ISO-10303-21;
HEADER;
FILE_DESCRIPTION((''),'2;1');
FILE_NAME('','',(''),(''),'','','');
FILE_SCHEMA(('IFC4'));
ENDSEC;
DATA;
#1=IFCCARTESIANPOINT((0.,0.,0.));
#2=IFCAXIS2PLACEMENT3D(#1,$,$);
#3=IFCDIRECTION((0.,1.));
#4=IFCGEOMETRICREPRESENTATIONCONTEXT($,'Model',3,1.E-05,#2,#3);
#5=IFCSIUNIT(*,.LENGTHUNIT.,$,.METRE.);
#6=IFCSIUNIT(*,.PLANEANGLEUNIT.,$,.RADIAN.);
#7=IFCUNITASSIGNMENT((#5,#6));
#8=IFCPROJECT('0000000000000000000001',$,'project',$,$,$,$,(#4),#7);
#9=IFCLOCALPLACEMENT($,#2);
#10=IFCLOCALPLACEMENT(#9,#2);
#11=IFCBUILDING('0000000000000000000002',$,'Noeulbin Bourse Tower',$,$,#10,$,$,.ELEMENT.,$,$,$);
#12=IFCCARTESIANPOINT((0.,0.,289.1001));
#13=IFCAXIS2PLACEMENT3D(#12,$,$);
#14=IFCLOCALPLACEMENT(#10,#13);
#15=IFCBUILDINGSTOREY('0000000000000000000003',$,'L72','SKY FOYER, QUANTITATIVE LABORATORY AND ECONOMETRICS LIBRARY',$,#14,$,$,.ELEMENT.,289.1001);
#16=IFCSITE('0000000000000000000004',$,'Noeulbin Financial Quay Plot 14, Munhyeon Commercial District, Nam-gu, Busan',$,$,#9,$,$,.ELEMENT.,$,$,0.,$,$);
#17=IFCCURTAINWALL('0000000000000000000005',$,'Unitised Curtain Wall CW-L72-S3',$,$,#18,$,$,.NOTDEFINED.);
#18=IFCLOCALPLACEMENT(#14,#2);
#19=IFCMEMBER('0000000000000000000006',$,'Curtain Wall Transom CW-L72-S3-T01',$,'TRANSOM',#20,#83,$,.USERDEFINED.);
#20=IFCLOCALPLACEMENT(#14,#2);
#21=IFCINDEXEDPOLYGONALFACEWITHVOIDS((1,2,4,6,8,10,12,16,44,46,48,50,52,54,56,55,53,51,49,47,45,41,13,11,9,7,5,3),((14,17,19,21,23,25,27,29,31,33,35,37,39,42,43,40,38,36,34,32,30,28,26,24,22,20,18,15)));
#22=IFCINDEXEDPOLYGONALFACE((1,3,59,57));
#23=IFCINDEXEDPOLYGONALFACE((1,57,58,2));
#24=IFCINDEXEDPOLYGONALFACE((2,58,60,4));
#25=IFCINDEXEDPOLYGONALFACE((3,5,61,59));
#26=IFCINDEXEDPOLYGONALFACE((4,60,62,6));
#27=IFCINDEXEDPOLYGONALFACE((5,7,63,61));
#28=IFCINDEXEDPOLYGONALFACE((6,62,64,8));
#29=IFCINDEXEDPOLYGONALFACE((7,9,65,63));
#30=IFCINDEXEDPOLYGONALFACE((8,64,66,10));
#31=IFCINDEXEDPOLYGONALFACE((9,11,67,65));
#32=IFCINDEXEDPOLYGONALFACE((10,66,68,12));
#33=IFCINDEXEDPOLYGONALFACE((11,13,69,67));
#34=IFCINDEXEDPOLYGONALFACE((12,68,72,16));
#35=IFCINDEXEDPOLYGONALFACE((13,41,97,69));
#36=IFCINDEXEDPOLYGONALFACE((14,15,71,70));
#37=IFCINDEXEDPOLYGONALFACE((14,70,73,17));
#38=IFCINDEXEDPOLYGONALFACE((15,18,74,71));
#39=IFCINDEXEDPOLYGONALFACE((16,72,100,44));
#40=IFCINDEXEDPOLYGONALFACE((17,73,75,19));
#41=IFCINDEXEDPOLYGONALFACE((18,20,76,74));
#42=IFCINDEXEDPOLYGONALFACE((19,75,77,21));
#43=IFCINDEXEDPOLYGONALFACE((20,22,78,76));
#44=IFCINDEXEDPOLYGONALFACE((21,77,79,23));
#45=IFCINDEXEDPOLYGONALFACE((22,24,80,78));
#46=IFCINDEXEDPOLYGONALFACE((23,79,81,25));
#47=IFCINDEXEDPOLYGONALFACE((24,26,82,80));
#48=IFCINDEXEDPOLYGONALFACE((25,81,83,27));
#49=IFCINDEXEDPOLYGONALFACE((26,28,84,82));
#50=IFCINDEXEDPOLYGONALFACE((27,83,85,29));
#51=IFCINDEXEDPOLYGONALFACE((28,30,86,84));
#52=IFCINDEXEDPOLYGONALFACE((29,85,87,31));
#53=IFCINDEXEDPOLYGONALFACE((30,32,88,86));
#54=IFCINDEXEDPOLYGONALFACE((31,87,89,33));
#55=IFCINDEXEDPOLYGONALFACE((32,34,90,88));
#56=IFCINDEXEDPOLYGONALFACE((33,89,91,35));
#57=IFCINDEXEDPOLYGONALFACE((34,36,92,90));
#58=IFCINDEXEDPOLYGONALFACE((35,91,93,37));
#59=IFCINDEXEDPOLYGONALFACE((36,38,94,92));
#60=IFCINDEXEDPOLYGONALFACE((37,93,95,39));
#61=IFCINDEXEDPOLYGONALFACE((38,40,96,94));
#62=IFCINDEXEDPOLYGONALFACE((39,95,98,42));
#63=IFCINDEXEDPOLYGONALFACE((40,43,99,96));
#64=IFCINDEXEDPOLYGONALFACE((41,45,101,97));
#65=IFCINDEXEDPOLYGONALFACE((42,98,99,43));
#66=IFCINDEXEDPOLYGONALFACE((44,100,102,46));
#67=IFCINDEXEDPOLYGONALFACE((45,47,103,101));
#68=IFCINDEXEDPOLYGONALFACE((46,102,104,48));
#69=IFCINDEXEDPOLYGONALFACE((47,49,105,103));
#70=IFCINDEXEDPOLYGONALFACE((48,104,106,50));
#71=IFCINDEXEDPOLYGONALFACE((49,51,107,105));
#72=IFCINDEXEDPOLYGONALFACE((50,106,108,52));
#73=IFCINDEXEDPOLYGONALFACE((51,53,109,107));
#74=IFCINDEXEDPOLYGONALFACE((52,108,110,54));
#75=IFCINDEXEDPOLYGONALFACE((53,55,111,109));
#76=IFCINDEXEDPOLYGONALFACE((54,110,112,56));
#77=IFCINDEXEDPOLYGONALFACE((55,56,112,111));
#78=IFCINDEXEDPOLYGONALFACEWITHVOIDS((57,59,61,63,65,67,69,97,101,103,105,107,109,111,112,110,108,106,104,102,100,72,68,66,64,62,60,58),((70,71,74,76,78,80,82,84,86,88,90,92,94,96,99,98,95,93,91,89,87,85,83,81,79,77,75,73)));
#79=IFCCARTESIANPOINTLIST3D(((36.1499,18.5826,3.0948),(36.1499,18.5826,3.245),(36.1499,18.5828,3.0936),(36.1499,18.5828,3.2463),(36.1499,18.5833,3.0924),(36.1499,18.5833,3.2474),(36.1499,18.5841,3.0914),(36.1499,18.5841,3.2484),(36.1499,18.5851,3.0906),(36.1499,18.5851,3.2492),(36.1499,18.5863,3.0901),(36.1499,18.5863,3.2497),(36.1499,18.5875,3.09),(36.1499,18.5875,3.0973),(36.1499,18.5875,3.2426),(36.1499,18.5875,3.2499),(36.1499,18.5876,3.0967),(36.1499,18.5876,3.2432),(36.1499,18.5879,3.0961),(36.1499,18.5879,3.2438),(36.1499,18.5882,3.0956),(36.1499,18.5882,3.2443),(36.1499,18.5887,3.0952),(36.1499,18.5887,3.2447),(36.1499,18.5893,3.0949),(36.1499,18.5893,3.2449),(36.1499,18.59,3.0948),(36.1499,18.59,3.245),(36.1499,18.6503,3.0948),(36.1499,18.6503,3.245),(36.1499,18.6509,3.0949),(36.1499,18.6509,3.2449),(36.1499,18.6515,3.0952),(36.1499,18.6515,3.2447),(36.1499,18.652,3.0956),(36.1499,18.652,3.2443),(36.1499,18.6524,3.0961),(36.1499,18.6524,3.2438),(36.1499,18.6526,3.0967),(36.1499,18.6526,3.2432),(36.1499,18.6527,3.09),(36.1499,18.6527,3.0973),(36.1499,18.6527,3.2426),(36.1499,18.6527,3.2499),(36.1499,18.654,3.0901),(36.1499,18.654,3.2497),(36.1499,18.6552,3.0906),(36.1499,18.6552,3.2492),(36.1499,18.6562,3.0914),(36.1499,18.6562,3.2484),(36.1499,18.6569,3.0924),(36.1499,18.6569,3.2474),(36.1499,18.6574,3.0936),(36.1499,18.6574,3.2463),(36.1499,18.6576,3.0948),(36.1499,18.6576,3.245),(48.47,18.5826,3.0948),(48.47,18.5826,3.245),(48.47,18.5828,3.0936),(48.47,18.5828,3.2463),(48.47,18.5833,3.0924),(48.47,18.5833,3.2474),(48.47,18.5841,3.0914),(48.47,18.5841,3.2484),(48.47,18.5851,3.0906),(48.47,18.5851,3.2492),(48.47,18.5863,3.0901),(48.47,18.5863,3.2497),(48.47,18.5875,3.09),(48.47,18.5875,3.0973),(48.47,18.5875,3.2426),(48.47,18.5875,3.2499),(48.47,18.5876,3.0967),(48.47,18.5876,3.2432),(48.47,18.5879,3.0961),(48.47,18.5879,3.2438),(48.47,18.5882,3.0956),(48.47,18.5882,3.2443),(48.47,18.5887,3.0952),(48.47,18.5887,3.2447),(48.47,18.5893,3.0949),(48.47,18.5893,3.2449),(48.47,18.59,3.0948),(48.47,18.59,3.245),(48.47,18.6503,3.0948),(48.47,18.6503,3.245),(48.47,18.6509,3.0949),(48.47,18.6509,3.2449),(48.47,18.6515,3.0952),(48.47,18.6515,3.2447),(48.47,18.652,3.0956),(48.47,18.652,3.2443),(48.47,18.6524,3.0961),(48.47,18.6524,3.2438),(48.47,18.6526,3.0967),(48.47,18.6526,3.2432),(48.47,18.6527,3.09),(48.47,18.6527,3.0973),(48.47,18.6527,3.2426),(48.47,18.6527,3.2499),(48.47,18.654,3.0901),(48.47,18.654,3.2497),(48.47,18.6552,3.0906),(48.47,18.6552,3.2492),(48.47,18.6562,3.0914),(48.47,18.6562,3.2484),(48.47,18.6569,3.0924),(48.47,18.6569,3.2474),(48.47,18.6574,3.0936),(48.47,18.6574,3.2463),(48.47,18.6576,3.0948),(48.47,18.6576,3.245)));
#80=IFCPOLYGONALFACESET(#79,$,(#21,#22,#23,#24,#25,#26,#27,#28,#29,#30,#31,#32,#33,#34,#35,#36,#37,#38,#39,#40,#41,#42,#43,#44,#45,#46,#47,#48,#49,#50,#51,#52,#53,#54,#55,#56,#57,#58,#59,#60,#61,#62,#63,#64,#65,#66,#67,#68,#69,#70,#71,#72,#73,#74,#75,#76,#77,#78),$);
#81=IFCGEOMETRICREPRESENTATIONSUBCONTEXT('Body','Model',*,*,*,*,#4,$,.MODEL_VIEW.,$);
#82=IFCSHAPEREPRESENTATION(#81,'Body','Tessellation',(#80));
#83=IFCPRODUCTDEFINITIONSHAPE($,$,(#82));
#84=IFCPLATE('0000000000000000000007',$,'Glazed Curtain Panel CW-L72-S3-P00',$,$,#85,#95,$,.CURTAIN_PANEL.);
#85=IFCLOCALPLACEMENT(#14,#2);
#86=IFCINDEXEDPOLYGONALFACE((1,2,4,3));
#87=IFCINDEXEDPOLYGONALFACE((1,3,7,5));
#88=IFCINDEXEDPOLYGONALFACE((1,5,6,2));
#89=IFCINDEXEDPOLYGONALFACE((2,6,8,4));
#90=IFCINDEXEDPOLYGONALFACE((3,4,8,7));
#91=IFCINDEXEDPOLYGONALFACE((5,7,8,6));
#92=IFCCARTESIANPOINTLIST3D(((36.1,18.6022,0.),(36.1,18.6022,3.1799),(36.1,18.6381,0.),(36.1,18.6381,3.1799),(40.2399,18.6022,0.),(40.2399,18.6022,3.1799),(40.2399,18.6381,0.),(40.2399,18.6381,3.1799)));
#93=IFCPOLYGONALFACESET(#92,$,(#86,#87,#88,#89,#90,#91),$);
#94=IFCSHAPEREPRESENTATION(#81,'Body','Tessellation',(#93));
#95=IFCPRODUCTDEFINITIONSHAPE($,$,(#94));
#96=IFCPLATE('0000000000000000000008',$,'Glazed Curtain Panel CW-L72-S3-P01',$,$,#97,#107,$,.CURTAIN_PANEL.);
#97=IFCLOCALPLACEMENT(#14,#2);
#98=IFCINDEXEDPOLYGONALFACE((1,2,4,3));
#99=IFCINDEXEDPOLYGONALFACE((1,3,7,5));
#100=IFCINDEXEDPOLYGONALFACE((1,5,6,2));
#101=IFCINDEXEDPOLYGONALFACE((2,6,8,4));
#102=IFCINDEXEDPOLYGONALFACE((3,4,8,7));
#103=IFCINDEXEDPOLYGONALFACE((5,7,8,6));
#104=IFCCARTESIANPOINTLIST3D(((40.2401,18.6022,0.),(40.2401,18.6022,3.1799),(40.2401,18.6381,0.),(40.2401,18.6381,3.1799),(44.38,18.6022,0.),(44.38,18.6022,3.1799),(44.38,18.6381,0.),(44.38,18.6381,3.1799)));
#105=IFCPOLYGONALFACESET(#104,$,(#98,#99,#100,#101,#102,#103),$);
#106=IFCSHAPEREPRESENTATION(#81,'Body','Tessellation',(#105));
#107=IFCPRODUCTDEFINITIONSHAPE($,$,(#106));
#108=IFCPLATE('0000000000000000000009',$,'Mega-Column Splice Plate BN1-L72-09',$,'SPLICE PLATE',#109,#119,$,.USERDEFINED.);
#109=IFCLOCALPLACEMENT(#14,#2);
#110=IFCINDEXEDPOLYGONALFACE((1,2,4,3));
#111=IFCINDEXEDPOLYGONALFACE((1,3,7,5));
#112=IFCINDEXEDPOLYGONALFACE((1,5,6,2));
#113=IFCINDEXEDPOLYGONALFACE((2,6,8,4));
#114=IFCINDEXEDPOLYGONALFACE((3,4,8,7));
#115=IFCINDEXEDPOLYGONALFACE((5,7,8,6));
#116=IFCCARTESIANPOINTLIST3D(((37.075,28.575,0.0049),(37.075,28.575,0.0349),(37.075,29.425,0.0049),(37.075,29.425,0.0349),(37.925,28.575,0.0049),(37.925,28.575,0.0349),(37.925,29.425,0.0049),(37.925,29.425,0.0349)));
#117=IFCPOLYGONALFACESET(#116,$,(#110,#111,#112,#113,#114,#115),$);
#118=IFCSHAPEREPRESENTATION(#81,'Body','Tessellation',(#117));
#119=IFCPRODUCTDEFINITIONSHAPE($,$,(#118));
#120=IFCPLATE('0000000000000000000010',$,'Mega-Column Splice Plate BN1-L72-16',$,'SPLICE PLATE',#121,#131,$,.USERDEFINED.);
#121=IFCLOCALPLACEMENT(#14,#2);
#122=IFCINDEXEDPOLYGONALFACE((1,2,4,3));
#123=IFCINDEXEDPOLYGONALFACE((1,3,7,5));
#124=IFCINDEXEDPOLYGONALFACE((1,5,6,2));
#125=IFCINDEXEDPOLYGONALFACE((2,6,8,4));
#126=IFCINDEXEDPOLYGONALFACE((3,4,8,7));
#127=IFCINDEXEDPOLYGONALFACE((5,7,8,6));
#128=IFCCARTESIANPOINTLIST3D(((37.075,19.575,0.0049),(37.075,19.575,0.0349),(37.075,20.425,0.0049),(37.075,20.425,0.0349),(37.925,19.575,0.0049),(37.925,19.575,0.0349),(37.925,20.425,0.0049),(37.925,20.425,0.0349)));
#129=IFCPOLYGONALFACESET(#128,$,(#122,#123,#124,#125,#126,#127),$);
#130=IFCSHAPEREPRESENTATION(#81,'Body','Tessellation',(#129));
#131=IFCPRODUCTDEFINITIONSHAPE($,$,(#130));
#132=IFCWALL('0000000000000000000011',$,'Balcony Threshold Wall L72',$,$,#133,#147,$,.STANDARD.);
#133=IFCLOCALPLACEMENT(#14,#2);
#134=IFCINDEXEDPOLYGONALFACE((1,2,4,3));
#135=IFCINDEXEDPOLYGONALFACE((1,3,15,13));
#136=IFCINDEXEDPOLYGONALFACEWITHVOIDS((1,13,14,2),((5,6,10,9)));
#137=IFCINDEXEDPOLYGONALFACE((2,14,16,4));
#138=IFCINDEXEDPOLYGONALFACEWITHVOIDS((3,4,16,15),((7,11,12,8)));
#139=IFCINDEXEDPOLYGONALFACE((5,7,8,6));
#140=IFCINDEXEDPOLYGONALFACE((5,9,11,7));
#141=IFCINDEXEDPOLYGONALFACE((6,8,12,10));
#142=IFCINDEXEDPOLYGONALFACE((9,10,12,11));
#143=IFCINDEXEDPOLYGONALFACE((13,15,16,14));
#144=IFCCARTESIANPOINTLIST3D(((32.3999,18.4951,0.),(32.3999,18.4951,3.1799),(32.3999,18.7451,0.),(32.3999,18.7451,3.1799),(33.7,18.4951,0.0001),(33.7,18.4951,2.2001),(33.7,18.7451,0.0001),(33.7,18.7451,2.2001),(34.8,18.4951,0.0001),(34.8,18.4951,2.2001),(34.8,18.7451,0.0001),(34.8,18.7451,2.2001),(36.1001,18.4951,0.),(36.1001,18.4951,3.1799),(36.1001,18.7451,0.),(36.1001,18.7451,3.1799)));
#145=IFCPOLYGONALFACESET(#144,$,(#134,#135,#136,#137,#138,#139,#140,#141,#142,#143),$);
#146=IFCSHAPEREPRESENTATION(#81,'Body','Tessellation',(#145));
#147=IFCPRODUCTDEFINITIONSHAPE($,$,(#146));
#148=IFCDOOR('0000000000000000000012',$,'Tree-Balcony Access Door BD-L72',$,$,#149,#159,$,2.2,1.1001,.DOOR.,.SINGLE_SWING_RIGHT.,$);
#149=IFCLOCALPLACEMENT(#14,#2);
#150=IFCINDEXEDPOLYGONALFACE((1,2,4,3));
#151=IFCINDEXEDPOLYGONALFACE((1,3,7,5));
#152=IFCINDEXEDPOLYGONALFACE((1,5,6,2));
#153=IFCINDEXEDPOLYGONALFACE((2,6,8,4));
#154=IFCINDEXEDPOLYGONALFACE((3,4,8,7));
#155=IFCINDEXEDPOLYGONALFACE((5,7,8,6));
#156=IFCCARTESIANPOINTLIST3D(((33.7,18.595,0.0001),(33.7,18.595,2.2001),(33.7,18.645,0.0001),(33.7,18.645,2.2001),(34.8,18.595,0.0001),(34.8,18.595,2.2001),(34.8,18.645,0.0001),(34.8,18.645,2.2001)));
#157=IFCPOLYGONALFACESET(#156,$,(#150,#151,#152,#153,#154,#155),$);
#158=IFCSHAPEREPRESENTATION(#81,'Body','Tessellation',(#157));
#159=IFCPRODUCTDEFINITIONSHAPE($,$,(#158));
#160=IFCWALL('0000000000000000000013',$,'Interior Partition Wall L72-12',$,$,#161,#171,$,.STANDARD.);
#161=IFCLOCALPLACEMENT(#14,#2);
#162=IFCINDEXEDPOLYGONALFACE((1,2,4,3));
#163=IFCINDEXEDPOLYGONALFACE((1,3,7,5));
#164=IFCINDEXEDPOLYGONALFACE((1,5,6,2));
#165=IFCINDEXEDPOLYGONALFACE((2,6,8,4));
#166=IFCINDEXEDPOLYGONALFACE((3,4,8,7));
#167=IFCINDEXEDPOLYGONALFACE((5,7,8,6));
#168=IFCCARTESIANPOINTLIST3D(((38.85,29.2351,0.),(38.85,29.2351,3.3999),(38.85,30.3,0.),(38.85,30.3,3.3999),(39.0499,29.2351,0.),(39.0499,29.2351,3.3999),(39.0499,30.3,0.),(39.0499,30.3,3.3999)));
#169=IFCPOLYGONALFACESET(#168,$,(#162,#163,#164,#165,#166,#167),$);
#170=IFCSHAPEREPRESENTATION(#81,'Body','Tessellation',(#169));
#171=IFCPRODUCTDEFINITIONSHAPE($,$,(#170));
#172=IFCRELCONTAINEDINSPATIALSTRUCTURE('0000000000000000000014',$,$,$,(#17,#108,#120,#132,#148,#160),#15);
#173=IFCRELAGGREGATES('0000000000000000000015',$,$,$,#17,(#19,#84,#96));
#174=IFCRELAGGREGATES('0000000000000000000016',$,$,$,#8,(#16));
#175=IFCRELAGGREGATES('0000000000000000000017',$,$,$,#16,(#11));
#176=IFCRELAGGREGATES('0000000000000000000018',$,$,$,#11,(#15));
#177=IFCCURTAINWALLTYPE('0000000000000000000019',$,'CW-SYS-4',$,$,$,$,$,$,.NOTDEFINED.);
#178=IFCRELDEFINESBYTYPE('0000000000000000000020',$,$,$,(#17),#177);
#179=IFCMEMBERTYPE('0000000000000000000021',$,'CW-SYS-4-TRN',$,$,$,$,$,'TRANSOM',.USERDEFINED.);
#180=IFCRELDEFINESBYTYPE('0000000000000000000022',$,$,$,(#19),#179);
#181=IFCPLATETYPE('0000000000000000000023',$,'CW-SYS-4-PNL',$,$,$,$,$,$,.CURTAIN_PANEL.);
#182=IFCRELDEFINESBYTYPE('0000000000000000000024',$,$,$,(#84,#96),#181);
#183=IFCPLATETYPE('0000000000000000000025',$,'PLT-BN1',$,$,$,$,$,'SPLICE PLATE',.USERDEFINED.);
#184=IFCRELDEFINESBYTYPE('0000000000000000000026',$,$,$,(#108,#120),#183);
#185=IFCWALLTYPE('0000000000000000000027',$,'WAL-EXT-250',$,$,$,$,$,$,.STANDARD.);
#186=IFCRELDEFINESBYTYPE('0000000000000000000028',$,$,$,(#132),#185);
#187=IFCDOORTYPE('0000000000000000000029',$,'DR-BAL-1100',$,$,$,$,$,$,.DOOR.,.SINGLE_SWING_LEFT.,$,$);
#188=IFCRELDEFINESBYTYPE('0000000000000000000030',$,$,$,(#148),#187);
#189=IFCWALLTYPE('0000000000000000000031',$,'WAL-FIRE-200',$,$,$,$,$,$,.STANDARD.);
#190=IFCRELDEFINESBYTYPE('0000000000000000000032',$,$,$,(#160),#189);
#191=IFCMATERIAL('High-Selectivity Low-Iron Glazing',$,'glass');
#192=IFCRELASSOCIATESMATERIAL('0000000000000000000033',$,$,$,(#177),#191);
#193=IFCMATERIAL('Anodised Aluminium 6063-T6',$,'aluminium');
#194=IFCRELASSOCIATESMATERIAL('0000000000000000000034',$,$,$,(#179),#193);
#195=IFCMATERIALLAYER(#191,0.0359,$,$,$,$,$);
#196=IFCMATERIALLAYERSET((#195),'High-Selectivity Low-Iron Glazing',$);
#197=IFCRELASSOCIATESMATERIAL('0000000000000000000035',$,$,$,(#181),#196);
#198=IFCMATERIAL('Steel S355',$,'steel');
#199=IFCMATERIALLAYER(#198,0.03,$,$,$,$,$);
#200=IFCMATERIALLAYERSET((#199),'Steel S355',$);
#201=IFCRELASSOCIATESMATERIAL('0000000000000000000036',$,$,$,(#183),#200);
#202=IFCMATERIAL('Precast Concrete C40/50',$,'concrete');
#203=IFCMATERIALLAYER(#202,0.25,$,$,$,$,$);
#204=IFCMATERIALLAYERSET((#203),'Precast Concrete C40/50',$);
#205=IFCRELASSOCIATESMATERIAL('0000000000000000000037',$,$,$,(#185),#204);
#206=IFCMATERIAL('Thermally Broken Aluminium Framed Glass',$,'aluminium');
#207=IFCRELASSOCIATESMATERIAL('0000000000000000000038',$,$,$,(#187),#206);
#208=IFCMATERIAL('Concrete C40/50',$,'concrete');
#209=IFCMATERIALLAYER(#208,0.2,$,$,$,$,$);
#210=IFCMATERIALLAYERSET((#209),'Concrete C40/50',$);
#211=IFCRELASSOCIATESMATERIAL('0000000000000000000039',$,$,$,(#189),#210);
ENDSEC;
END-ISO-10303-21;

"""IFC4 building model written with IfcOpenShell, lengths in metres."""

from ifc_helpers import new_model, si_unit, direction, frame, frame_2d, origin, origin_2d, place, context, subcontext, project, spatial, rectangle, hollow_rectangle, extrude, material, layer, layer_set, material_profile, profile_set, type_object, element, fill, aggregate, save


model = new_model("IFC4")

# Units and contexts
model_context = context("Model", 3, precision=1e-05, world=origin(), true_north=direction((0.0, 1.0)))
body_context = subcontext(model_context, "Body", "Model", "MODEL_VIEW")
ifc_project = project(units=[si_unit("LENGTHUNIT", "METRE"), si_unit("PLANEANGLEUNIT", "RADIAN")], contexts=[model_context])

# Site, building, storey
site_placement = place(None, origin())
site = spatial("IfcSite", under=ifc_project, at=site_placement, Name="Noeulbin Financial Quay Plot 14, Munhyeon Commercial District, Nam-gu, Busan", CompositionType="ELEMENT", RefElevation=0.0)
building_placement = place(site_placement, origin())
building = spatial("IfcBuilding", under=site, at=building_placement, Name="Noeulbin Bourse Tower", CompositionType="ELEMENT")
storey_placement = place(building_placement, frame((0.0, 0.0, 289.1001)))
storey = spatial("IfcBuildingStorey", under=building, at=storey_placement, Name="L72", Description="SKY FOYER, QUANTITATIVE LABORATORY AND ECONOMETRICS LIBRARY", CompositionType="ELEMENT", Elevation=289.1001)

# Shared definitions
ifc_material_1 = material(Name="Steel S355", Category="steel")

# Shared definitions
ifc_material_2 = material(Name="High-Selectivity Low-Iron Glazing", Category="glass")
curtain_wall_type = type_object("IfcCurtainWallType", Name="CW-SYS-4", PredefinedType="NOTDEFINED", material=ifc_material_2)
ifc_material_3 = material(Name="Anodised Aluminium 6063-T6", Category="aluminium")

# Curtain wall, member, plates
curtain_wall_1_placement = place(storey_placement, origin())
curtain_wall_1 = element("IfcCurtainWall", 1, at=curtain_wall_1_placement, inside=storey, type_object=curtain_wall_type, Name="Unitised Curtain Wall CW-L72-S3", PredefinedType="NOTDEFINED")
ifc_material_profile_1 = material_profile(ifc_material_3, hollow_rectangle(XDim=0.075, YDim=0.1599, WallThickness=0.0049, InnerFilletRadius=0.0024, OuterFilletRadius=0.0049, at=origin_2d()), Name="ALU-TRAN-75x160x5", Category="LoadBearing")
ifc_profile_set_1 = profile_set([ifc_material_profile_1], Name="Anodised Aluminium 6063-T6")
member_type_1 = type_object("IfcMemberType", Name="CW-SYS-4-TRN", ElementType="TRANSOM", PredefinedType="USERDEFINED", material=ifc_profile_set_1)
member_1_placement = place(storey_placement, frame((36.1499, 18.6201, 3.1699), z_axis=(1.0, 0.0, 0.0), x_axis=(0.0, 1.0, 0.0)))
member_1 = element("IfcMember", 2, at=member_1_placement, type_object=member_type_1, Name="Curtain Wall Transom CW-L72-S3-T01", ObjectType="TRANSOM", PredefinedType="USERDEFINED", context=body_context, shape_type="SweptSolid", body=[
    extrude(hollow_rectangle(XDim=0.075, YDim=0.1599, WallThickness=0.0049, InnerFilletRadius=0.0024, OuterFilletRadius=0.0049, at=origin_2d()), origin(), (0.0, 0.0, 1.0), 12.3201),
])
ifc_layer_1 = layer(ifc_material_2, 0.0359)
ifc_layer_set_1 = layer_set([ifc_layer_1], Name="High-Selectivity Low-Iron Glazing")
plate_type_1 = type_object("IfcPlateType", Name="CW-SYS-4-PNL", PredefinedType="CURTAIN_PANEL", material=ifc_layer_set_1)
plate_1_placement = place(storey_placement, frame((38.1699, 18.6201, 0.0), z_axis=(0.0, 0.0, 1.0), x_axis=(1.0, 0.0, 0.0)))
plate_1 = element("IfcPlate", 3, at=plate_1_placement, type_object=plate_type_1, Name="Glazed Curtain Panel CW-L72-S3-P00", PredefinedType="CURTAIN_PANEL", context=body_context, shape_type="SweptSolid", body=[
    extrude(rectangle(XDim=4.1399, YDim=0.0359, at=origin_2d()), origin(), (0.0, 0.0, 1.0), 3.1799),
])
plate_2_placement = place(storey_placement, frame((42.3101, 18.6201, 0.0), z_axis=(0.0, 0.0, 1.0), x_axis=(1.0, 0.0, 0.0)))
plate_2 = element("IfcPlate", 4, at=plate_2_placement, type_object=plate_type_1, Name="Glazed Curtain Panel CW-L72-S3-P01", PredefinedType="CURTAIN_PANEL", context=body_context, shape_type="SweptSolid", body=[
    extrude(rectangle(XDim=4.1399, YDim=0.0359, at=origin_2d()), origin(), (0.0, 0.0, 1.0), 3.1799),
])
aggregate(curtain_wall_1, [member_1, plate_1, plate_2])

# Plates
ifc_layer_2 = layer(ifc_material_1, 0.03)
ifc_layer_set_2 = layer_set([ifc_layer_2], Name="Steel S355")
plate_type_2 = type_object("IfcPlateType", Name="PLT-BN1", ElementType="SPLICE PLATE", PredefinedType="USERDEFINED", material=ifc_layer_set_2)
for number, where, z_axis, x_axis, name in (
    (5, (37.5, 29.0, 0.0049), (0.0, 0.0, 1.0), (1.0, 0.0, 0.0), "Mega-Column Splice Plate BN1-L72-09"),
    (6, (37.5, 20.0, 0.0049), (0.0, 0.0, 1.0), (1.0, 0.0, 0.0), "Mega-Column Splice Plate BN1-L72-16"),
):
    element("IfcPlate", number, at=place(storey_placement, frame(where, z_axis=z_axis, x_axis=x_axis)), inside=storey, type_object=plate_type_2, Name=name, ObjectType="SPLICE PLATE", PredefinedType="USERDEFINED", context=body_context, shape_type="SweptSolid", body=[
        extrude(rectangle(XDim=0.8501, YDim=0.8501, at=origin_2d()), origin(), (0.0, 0.0, 1.0), 0.03),
    ])

# Wall, opening, door
ifc_material_4 = material(Name="Precast Concrete C40/50", Category="concrete")
ifc_layer_3 = layer(ifc_material_4, 0.25)
ifc_layer_set_3 = layer_set([ifc_layer_3], Name="Precast Concrete C40/50")
wall_type_1 = type_object("IfcWallType", Name="WAL-EXT-250", PredefinedType="STANDARD", material=ifc_layer_set_3)
wall_1_placement = place(storey_placement, frame((32.3999, 18.6201, 0.0), z_axis=(0.0, 0.0, 1.0), x_axis=(1.0, 0.0, 0.0)))
wall_1 = element("IfcWall", 7, at=wall_1_placement, inside=storey, type_object=wall_type_1, Name="Balcony Threshold Wall L72", PredefinedType="STANDARD", context=body_context, shape_type="SweptSolid", body=[
    extrude(rectangle(XDim=3.7002, YDim=0.25, at=frame_2d((1.8501, 0.0))), origin(), (0.0, 0.0, 1.0), 3.1799),
])
opening_1_placement = place(wall_1_placement, frame((1.3, 0.0, 0.0)))
opening_1 = element("IfcOpeningElement", 8, at=opening_1_placement, cuts=wall_1, PredefinedType="OPENING", context=body_context, shape_type="SweptSolid", body=[
    extrude(rectangle(XDim=1.1001, YDim=2.2, at=frame_2d((0.55, 1.1001))), frame((0.0, 0.135, 0.0), z_axis=(0.0, -1.0, 0.0), x_axis=(1.0, 0.0, 0.0)), (0.0, 0.0, 1.0), 0.27),
])
ifc_material_5 = material(Name="Thermally Broken Aluminium Framed Glass", Category="aluminium")
door_type_1 = type_object("IfcDoorType", Name="DR-BAL-1100", OperationType="SINGLE_SWING_LEFT", PredefinedType="DOOR", material=ifc_material_5)
door_1_placement = place(opening_1_placement, origin())
door_1 = element("IfcDoor", 9, at=door_1_placement, inside=storey, type_object=door_type_1, Name="Tree-Balcony Access Door BD-L72", OperationType="SINGLE_SWING_RIGHT", OverallHeight=2.2, OverallWidth=1.1001, PredefinedType="DOOR", context=body_context, shape_type="SweptSolid", body=[
    extrude(rectangle(XDim=1.1001, YDim=2.2, at=frame_2d((0.55, 1.1001))), frame((0.0, 0.0249, 0.0), z_axis=(0.0, -1.0, 0.0), x_axis=(1.0, 0.0, 0.0)), (0.0, 0.0, 1.0), 0.05),
])
fill(opening_1, door_1)

# Wall
ifc_material_6 = material(Name="Concrete C40/50", Category="concrete")
ifc_layer_4 = layer(ifc_material_6, 0.2)
ifc_layer_set_4 = layer_set([ifc_layer_4], Name="Concrete C40/50")
wall_type_2 = type_object("IfcWallType", Name="WAL-FIRE-200", PredefinedType="STANDARD", material=ifc_layer_set_4)
wall_2_placement = place(storey_placement, frame((38.95, 29.2351, 0.0), z_axis=(0.0, 0.0, 1.0), x_axis=(0.0, 1.0, 0.0)))
element("IfcWall", 10, at=wall_2_placement, inside=storey, type_object=wall_type_2, Name="Interior Partition Wall L72-12", PredefinedType="STANDARD", context=body_context, shape_type="SweptSolid", body=[
    extrude(rectangle(XDim=1.0649, YDim=0.2, at=frame_2d((0.5325, 0.0))), origin(), (0.0, 0.0, 1.0), 3.3999),
])

save(model, "model.ifc")
